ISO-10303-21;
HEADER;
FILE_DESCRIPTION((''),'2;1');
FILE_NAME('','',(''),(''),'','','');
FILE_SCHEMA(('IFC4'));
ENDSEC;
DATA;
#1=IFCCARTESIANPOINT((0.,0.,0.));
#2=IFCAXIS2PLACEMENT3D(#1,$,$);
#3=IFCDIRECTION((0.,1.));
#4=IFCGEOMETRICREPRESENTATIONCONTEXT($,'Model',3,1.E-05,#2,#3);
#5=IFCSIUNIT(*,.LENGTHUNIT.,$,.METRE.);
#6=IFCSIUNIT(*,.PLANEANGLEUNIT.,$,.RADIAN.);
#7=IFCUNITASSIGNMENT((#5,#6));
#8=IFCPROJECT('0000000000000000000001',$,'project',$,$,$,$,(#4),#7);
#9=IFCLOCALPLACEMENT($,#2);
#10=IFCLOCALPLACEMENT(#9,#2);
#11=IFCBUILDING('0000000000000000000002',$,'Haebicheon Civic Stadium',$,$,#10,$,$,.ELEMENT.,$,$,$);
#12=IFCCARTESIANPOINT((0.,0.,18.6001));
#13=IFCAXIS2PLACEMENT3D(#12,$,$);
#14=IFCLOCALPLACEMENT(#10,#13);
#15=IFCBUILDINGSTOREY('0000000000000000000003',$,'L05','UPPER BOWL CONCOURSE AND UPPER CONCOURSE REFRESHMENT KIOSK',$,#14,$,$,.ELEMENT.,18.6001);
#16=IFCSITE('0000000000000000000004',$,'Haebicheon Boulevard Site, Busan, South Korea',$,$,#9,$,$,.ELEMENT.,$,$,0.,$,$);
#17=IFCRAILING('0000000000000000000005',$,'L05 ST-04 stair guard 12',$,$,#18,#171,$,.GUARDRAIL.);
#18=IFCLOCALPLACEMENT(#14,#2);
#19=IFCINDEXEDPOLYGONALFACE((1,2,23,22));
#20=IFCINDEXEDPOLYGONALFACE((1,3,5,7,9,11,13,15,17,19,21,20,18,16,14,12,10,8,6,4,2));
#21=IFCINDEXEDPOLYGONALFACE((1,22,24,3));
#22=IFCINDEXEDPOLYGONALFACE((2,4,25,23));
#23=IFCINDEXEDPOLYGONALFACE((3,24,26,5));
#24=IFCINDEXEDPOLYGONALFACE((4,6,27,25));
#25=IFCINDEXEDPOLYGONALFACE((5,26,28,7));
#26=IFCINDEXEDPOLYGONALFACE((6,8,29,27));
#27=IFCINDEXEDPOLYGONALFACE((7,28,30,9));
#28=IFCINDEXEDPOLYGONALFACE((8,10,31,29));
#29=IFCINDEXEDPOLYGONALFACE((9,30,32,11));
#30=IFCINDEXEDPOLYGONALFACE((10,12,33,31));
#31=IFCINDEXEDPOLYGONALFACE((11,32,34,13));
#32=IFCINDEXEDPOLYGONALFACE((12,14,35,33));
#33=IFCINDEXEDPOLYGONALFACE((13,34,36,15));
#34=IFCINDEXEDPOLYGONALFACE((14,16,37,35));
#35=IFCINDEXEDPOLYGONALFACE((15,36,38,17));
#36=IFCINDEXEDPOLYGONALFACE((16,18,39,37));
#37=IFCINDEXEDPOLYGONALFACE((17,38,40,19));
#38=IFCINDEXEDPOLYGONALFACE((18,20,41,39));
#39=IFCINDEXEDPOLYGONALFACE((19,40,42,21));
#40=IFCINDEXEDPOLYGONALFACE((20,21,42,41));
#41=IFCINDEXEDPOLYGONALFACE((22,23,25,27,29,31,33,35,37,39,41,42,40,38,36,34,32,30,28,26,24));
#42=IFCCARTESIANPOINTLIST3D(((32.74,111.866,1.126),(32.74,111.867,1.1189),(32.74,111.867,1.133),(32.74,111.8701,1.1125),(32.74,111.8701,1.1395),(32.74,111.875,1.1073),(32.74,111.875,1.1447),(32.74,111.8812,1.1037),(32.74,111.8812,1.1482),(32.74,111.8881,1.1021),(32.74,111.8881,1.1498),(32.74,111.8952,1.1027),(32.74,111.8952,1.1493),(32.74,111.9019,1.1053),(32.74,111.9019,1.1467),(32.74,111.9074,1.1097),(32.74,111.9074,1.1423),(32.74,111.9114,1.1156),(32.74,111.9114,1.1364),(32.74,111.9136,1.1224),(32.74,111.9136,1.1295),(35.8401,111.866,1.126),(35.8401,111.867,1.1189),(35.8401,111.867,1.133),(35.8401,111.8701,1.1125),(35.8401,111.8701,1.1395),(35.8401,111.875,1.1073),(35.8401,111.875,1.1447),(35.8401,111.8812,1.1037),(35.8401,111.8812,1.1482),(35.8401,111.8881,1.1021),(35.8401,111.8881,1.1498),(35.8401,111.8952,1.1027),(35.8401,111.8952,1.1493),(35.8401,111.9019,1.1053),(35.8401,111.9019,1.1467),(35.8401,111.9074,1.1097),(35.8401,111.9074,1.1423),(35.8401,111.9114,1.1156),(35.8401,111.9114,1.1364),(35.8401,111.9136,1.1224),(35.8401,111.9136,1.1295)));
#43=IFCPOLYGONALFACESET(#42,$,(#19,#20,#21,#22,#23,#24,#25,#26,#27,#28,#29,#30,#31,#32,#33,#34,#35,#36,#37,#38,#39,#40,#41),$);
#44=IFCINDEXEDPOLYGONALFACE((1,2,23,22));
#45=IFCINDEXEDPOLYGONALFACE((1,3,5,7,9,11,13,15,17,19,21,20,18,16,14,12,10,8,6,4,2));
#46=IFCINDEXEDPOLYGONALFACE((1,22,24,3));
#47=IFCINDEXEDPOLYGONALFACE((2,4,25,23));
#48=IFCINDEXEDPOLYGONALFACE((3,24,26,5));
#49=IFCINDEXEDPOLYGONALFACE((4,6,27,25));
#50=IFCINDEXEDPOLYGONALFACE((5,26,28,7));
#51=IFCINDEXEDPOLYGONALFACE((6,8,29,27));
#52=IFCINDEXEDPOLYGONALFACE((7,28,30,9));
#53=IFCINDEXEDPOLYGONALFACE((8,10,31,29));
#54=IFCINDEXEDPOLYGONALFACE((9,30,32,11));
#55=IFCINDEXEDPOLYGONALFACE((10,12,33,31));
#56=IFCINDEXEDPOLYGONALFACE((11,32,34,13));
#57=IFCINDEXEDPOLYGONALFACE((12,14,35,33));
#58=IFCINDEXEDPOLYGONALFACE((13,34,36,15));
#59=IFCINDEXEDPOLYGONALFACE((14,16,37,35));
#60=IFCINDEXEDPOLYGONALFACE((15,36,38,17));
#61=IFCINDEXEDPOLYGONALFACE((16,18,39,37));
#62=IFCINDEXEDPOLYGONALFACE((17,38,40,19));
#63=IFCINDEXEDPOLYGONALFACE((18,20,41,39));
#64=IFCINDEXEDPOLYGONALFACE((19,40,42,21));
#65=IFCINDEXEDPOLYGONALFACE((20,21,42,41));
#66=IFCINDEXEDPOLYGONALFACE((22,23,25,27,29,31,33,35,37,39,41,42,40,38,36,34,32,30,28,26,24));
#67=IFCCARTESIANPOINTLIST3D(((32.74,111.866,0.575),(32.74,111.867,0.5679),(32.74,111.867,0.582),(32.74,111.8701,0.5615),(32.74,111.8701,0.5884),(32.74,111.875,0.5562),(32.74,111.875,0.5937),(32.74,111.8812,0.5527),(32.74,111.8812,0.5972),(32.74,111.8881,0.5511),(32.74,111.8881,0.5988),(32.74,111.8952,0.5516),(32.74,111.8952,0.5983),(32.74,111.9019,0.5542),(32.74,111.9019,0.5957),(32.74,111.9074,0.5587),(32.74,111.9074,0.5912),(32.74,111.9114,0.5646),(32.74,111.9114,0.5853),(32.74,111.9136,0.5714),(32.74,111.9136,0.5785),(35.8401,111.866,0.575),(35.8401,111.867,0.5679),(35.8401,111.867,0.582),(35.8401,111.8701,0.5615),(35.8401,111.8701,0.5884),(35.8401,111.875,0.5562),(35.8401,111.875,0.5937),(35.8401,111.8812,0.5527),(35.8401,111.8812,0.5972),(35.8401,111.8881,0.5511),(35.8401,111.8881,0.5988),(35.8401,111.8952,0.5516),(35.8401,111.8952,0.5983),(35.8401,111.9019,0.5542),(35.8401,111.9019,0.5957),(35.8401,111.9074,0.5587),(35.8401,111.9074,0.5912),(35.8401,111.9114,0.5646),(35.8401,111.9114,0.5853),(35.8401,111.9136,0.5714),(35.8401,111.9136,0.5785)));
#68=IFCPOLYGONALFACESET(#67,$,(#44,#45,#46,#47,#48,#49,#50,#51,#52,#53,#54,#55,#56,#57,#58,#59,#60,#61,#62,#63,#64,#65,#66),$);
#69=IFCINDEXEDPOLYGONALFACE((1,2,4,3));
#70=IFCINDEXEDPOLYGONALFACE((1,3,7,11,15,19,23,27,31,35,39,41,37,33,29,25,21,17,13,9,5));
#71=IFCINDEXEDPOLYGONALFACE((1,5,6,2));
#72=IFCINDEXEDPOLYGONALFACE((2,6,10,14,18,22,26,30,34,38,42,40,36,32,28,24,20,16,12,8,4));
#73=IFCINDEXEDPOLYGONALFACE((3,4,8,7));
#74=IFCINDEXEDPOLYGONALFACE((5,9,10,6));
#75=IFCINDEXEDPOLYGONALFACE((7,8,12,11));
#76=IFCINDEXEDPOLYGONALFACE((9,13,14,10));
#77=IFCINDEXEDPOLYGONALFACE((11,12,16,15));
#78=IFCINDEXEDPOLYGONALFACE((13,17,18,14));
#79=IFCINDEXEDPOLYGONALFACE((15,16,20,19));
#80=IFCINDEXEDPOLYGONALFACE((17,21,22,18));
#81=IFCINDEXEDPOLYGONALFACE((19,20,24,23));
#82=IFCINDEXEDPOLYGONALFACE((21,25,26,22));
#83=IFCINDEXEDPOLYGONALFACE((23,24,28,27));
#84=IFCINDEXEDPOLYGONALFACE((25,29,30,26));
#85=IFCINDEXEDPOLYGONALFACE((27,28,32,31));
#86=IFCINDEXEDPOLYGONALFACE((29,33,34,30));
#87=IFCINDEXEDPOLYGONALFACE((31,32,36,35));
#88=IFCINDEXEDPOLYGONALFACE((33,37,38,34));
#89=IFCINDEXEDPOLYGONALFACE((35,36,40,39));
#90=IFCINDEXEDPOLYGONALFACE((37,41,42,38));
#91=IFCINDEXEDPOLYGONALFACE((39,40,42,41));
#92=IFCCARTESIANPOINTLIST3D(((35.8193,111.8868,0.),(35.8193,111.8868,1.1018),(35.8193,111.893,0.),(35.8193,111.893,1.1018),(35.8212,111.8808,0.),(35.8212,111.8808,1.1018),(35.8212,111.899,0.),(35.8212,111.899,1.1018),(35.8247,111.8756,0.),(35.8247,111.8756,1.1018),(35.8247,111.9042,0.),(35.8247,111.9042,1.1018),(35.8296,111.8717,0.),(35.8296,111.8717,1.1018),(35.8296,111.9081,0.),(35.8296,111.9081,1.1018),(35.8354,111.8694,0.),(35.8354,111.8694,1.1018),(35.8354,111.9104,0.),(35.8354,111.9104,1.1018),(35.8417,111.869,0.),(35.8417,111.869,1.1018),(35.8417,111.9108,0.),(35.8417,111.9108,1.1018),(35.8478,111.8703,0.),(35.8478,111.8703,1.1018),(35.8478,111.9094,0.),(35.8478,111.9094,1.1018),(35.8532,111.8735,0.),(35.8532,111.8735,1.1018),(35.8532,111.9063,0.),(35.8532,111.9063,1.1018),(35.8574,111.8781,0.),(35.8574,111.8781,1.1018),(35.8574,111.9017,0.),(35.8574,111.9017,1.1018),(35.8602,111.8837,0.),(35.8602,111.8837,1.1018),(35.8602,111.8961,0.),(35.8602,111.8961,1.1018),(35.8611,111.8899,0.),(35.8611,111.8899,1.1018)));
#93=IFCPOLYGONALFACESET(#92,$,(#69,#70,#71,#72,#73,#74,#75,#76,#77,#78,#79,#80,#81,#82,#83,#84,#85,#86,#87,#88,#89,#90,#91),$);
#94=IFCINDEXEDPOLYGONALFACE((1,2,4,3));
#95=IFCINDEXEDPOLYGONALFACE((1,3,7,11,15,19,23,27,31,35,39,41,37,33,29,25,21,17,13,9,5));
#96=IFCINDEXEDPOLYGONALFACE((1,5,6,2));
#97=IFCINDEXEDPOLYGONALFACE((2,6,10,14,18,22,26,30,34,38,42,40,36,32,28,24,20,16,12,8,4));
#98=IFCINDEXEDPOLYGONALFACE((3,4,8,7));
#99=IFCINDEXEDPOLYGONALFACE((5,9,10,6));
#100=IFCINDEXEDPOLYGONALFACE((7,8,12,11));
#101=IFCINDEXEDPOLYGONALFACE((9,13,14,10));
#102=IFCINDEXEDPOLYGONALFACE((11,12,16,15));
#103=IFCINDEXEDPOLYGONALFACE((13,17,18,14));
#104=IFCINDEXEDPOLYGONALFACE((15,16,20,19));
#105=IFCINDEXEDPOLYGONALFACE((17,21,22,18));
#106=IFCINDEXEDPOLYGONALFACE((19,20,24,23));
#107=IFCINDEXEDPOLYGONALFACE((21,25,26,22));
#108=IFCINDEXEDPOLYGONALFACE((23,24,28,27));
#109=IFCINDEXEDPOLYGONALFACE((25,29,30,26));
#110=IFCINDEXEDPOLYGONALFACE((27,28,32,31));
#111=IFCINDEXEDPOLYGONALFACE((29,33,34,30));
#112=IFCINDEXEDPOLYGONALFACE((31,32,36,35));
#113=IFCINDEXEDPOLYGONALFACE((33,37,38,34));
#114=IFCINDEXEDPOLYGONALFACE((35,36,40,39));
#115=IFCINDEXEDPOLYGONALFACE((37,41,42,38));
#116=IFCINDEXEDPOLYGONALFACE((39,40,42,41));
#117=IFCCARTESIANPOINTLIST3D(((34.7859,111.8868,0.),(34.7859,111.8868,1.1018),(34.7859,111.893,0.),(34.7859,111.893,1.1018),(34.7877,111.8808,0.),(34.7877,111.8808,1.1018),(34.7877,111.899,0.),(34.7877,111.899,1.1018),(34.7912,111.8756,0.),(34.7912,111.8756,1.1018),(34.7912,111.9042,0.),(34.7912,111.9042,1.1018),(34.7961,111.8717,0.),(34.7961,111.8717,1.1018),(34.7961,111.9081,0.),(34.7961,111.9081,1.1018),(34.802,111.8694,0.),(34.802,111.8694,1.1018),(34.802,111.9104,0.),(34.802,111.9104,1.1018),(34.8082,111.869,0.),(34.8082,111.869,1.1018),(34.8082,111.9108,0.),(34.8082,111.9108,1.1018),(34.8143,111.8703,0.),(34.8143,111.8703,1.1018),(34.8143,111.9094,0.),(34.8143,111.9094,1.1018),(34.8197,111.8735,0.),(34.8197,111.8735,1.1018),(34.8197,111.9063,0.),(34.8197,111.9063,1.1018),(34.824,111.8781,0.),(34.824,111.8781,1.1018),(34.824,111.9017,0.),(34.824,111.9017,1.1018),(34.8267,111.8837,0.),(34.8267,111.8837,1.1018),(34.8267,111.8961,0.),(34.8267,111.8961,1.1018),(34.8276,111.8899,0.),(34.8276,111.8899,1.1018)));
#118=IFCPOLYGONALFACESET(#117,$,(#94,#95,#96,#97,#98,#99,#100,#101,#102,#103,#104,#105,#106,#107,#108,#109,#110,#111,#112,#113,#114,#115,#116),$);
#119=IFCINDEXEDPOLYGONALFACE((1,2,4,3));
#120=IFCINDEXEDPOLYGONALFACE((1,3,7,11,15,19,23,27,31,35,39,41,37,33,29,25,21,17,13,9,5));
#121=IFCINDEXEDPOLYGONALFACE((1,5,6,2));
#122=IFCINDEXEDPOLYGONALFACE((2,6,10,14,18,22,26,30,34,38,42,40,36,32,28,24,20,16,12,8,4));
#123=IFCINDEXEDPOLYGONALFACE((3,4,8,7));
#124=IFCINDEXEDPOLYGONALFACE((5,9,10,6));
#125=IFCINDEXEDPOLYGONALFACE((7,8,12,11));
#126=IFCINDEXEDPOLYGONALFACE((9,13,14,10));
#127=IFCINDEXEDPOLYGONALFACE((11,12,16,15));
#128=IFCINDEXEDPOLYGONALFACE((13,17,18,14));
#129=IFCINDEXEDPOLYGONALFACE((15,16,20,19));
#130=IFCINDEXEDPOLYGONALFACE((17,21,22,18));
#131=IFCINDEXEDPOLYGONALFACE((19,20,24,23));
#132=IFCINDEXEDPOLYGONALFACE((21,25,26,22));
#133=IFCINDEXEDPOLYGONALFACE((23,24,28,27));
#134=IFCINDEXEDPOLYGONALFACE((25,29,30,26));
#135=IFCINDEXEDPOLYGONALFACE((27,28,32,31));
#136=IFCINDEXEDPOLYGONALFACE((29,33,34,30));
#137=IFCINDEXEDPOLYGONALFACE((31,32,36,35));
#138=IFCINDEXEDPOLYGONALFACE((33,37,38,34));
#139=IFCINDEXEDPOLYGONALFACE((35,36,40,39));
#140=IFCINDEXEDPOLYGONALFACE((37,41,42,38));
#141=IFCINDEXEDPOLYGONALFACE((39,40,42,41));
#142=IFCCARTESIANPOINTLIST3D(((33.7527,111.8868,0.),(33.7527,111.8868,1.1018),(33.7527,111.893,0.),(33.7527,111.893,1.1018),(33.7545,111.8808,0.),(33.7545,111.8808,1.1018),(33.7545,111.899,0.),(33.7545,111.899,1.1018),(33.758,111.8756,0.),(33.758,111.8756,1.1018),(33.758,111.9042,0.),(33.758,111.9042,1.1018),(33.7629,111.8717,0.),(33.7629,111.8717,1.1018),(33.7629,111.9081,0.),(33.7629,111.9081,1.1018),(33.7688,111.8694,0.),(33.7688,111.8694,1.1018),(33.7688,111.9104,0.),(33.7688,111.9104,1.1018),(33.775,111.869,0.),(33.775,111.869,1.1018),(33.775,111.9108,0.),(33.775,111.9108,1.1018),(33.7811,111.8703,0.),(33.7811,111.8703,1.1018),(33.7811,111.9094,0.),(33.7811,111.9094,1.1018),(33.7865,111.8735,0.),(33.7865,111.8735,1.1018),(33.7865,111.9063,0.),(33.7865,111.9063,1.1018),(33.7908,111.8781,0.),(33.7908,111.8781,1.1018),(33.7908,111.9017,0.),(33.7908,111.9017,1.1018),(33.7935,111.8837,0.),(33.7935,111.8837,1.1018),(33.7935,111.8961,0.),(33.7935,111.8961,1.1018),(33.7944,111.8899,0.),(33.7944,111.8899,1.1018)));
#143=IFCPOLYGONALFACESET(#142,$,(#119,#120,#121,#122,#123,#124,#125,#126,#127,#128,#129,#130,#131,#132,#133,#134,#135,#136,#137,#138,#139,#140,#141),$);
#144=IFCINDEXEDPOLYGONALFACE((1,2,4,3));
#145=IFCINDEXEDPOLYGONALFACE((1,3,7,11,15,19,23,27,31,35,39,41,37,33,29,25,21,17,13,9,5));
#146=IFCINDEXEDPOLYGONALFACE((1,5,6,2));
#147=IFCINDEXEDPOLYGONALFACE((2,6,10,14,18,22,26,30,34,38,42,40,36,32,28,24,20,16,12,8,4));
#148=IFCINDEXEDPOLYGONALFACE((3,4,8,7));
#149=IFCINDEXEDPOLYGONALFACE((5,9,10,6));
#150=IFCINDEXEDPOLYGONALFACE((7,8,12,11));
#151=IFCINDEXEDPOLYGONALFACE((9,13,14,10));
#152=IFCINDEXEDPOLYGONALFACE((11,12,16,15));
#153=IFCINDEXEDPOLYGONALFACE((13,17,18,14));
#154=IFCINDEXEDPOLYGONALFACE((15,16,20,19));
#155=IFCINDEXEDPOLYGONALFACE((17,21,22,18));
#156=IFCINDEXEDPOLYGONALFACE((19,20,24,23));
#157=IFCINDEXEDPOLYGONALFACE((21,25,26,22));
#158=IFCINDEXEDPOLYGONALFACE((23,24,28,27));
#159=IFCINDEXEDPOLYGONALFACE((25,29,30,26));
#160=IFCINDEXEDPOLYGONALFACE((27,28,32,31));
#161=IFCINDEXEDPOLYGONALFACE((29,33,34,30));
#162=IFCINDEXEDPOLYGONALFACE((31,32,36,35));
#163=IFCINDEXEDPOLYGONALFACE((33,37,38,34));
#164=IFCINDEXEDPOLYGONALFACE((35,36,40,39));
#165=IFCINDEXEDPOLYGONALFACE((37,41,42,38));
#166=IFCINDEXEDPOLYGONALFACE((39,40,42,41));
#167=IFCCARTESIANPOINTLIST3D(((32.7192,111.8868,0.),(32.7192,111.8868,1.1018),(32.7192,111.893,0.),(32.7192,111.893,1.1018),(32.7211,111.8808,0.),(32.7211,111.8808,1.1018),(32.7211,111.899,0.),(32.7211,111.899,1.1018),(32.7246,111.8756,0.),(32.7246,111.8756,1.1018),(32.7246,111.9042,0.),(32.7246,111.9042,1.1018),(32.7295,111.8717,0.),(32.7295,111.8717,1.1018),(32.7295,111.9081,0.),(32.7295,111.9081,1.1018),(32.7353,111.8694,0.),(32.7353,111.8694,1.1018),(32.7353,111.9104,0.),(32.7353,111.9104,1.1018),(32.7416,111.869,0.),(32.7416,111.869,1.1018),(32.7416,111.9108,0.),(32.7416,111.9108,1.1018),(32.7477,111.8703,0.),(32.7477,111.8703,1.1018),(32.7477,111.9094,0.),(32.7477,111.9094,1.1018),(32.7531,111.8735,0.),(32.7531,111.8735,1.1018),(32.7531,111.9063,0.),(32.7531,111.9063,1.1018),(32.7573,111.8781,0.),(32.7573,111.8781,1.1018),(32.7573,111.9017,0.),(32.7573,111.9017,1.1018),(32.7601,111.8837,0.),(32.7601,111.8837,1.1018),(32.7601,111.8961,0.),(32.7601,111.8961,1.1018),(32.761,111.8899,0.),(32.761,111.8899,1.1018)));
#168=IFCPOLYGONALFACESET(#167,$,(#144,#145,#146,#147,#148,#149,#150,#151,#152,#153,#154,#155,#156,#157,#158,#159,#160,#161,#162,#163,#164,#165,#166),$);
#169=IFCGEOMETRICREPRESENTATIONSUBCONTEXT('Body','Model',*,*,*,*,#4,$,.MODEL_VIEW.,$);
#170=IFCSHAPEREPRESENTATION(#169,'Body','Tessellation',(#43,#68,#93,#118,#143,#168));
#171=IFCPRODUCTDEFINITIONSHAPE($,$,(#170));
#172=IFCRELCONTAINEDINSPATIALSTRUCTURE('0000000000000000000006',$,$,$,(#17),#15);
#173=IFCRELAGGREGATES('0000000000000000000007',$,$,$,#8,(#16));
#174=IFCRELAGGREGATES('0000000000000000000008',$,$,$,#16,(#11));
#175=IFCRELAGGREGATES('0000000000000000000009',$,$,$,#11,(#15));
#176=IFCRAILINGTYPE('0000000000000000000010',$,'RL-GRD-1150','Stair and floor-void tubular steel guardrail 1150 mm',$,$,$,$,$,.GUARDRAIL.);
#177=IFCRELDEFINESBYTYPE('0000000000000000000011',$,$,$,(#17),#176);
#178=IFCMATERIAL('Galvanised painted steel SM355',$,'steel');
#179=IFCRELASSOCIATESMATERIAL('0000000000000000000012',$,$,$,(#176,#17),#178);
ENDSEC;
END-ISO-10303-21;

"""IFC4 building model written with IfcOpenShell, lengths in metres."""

from ifc_helpers import new_model, si_unit, direction, frame, origin, origin_2d, place, context, subcontext, project, spatial, circle, extrude, material, type_object, element, save


model = new_model("IFC4")

# Units and contexts
model_context = context("Model", 3, precision=1e-05, world=origin(), true_north=direction((0.0, 1.0)))
body_context = subcontext(model_context, "Body", "Model", "MODEL_VIEW")
ifc_project = project(units=[si_unit("LENGTHUNIT", "METRE"), si_unit("PLANEANGLEUNIT", "RADIAN")], contexts=[model_context])

# Site, building, storey
site_placement = place(None, origin())
site = spatial("IfcSite", under=ifc_project, at=site_placement, Name="Haebicheon Boulevard Site, Busan, South Korea", CompositionType="ELEMENT", RefElevation=0.0)
building_placement = place(site_placement, origin())
building = spatial("IfcBuilding", under=site, at=building_placement, Name="Haebicheon Civic Stadium", CompositionType="ELEMENT")
storey_placement = place(building_placement, frame((0.0, 0.0, 18.6001)))
storey = spatial("IfcBuildingStorey", under=building, at=storey_placement, Name="L05", Description="UPPER BOWL CONCOURSE AND UPPER CONCOURSE REFRESHMENT KIOSK", CompositionType="ELEMENT", Elevation=18.6001)

# Railing
ifc_material_1 = material(Name="Galvanised painted steel SM355", Category="steel")
railing_type_1 = type_object("IfcRailingType", Name="RL-GRD-1150", Description="Stair and floor-void tubular steel guardrail 1150 mm", PredefinedType="GUARDRAIL", material=ifc_material_1)
railing_1_placement = place(storey_placement, frame((35.8401, 111.8899, 0.0)))
element("IfcRailing", 1, at=railing_1_placement, inside=storey, type_object=railing_type_1, material=ifc_material_1, Name="L05 ST-04 stair guard 12", PredefinedType="GUARDRAIL", context=body_context, shape_type="SweptSolid", body=[
    extrude(circle(Radius=0.0239, at=origin_2d()), frame((0.0, 0.0, 1.126), z_axis=(-1.0, 0.0, 0.0), x_axis=(0.0, -1.0, 0.0)), (0.0, 0.0, 1.0), 3.1001),
    extrude(circle(Radius=0.0239, at=origin_2d()), frame((0.0, 0.0, 0.575), z_axis=(-1.0, 0.0, 0.0), x_axis=(0.0, -1.0, 0.0)), (0.0, 0.0, 1.0), 3.1001),
    extrude(circle(Radius=0.021, at=origin_2d()), origin(), (0.0, 0.0, 1.0), 1.1018),
    extrude(circle(Radius=0.021, at=origin_2d()), frame((-1.0334, 0.0, 0.0)), (0.0, 0.0, 1.0), 1.1018),
    extrude(circle(Radius=0.021, at=origin_2d()), frame((-2.0667, 0.0, 0.0)), (0.0, 0.0, 1.0), 1.1018),
    extrude(circle(Radius=0.021, at=origin_2d()), frame((-3.1001, 0.0, 0.0)), (0.0, 0.0, 1.0), 1.1018),
])

save(model, "model.ifc")
